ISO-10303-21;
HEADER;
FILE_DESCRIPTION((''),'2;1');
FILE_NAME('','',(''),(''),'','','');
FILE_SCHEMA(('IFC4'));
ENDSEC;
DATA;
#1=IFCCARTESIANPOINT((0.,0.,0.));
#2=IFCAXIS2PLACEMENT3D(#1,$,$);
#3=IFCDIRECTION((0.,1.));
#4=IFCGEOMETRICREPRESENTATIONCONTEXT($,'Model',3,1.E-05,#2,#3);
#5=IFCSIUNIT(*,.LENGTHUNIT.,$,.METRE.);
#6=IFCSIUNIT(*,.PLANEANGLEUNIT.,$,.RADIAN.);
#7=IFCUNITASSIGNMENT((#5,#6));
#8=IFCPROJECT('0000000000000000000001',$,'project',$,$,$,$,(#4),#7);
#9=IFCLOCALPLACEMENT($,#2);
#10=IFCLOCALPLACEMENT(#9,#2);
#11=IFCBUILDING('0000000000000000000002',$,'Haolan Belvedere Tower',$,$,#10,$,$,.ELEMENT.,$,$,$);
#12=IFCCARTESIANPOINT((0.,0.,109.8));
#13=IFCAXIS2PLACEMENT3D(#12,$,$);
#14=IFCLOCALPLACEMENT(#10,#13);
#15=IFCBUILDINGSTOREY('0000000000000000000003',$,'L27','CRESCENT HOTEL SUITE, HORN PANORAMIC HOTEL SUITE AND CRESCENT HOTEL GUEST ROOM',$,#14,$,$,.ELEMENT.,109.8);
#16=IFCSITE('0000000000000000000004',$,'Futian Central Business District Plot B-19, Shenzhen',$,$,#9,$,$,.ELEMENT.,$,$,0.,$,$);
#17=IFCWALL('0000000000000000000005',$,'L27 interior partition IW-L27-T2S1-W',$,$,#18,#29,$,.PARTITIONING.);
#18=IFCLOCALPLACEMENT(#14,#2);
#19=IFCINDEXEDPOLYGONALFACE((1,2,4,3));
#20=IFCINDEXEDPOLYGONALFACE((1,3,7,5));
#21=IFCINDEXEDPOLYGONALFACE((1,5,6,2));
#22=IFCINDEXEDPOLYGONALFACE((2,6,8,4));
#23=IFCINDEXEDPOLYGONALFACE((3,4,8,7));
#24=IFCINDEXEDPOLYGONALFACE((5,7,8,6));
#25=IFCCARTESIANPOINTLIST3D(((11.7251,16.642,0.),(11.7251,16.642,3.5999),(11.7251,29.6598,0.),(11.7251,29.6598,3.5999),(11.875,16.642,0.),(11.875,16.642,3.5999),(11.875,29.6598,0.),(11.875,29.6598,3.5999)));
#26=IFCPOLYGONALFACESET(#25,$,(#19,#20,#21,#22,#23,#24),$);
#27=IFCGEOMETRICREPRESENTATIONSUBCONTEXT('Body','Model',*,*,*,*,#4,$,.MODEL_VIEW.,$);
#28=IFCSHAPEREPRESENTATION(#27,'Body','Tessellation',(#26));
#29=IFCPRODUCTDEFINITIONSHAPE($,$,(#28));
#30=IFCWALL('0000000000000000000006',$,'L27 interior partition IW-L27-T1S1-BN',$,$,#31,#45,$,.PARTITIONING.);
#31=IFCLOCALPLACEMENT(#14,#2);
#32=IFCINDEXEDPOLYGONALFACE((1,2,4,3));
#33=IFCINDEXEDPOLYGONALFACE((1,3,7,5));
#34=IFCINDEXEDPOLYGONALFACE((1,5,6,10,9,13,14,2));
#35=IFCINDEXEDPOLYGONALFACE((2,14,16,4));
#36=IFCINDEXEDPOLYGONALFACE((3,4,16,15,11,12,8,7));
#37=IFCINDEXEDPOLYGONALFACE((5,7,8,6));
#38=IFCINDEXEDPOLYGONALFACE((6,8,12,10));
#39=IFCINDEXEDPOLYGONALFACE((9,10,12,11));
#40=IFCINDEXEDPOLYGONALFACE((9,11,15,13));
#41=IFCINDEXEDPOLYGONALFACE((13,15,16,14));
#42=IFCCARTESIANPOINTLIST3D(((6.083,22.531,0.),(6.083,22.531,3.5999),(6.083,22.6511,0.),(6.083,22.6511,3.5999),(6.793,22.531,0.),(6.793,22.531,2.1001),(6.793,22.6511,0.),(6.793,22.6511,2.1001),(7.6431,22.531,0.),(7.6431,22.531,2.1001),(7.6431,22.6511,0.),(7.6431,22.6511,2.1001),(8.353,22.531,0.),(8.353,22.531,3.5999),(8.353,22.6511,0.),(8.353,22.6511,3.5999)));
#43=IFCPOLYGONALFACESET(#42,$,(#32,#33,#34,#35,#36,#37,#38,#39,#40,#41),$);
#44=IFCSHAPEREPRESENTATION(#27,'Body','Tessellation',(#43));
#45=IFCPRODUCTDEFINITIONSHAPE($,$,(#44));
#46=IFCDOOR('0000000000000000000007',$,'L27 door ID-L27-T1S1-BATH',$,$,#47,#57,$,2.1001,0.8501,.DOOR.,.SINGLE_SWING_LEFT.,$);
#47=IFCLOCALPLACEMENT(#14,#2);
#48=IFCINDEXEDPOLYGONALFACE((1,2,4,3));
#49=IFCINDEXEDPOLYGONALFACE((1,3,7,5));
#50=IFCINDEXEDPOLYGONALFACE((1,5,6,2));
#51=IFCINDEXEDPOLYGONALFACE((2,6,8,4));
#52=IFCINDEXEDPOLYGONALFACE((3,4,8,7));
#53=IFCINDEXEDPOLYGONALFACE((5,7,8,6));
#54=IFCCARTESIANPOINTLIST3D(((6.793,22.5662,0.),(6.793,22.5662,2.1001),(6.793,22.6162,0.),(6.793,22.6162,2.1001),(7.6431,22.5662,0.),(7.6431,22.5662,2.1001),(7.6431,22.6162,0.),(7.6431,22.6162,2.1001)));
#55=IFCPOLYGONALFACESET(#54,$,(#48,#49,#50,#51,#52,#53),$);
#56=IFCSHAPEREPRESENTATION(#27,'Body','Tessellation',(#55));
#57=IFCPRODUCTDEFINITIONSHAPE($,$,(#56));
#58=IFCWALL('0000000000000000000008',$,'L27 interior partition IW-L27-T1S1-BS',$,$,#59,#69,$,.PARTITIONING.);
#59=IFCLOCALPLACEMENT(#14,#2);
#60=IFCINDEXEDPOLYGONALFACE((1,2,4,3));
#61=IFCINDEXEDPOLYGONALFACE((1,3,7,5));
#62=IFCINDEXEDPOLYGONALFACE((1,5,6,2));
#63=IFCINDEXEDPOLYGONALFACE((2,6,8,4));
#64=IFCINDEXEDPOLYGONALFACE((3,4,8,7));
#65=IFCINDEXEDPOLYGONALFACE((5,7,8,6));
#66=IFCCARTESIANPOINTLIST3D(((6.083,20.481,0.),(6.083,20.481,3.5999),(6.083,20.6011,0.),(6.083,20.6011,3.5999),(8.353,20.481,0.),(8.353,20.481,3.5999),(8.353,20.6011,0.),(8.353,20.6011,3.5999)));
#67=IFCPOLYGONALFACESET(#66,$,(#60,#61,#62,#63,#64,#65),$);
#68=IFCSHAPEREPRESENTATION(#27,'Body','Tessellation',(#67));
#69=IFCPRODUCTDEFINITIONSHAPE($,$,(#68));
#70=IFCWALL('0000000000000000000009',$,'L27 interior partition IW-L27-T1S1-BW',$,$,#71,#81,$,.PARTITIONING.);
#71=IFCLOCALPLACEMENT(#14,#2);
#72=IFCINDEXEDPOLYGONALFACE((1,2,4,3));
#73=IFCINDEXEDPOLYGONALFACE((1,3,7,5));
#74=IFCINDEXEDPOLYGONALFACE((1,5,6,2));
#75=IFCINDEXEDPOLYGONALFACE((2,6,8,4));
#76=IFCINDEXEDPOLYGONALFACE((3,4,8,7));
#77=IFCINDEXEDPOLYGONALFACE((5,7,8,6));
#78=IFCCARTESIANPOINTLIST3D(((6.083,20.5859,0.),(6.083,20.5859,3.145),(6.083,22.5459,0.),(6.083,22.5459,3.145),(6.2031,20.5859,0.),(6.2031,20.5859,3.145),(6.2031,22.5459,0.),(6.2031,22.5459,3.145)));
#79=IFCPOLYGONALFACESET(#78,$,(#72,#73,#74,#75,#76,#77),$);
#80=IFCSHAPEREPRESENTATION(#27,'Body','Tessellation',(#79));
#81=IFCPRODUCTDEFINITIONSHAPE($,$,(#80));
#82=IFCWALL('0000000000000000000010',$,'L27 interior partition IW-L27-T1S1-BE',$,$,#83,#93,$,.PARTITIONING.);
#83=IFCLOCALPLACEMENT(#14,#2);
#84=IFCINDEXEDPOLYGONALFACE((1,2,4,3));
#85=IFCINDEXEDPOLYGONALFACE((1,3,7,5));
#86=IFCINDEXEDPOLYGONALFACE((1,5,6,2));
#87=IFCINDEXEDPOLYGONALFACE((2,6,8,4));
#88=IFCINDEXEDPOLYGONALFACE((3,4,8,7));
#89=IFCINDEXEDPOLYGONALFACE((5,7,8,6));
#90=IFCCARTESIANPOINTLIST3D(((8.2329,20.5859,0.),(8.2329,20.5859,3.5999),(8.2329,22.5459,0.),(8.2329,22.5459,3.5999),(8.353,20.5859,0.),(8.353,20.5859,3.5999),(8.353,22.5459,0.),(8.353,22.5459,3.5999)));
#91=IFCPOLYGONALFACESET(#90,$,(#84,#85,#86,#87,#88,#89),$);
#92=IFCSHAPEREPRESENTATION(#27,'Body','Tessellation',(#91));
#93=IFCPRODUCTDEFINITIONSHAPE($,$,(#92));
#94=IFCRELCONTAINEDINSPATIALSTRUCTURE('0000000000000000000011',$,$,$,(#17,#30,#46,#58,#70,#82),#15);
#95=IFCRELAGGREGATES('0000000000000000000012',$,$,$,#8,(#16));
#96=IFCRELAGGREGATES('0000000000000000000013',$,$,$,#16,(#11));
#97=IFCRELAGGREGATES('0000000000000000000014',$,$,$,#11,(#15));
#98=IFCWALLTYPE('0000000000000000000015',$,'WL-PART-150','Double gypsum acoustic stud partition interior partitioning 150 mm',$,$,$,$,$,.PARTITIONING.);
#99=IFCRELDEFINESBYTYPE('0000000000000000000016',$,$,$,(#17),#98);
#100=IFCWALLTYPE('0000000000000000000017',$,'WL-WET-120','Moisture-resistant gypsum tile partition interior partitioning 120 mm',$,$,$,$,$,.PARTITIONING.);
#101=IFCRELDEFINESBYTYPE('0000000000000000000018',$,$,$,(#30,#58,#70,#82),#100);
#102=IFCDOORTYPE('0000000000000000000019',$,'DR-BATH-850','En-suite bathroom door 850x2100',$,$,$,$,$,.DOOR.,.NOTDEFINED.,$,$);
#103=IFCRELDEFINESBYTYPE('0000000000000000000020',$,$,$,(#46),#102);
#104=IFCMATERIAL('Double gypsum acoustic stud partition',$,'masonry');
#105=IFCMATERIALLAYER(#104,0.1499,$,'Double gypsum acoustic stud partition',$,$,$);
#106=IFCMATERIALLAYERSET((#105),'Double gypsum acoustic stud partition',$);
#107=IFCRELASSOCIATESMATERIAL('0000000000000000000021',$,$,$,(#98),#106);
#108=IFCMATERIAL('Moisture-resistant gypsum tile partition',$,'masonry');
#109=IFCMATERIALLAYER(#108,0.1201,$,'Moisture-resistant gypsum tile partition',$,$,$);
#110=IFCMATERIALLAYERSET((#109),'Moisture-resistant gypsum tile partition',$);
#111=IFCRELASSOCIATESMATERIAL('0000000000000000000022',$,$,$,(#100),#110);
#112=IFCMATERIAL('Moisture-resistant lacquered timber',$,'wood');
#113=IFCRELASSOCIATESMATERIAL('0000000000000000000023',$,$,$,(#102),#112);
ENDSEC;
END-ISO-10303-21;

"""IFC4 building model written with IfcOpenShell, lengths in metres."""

from ifc_helpers import new_model, si_unit, direction, frame, frame_2d, origin, place, context, subcontext, project, spatial, rectangle, extrude, material, layer, layer_set, type_object, element, fill, save


model = new_model("IFC4")

# Units and contexts
model_context = context("Model", 3, precision=1e-05, world=origin(), true_north=direction((0.0, 1.0)))
body_context = subcontext(model_context, "Body", "Model", "MODEL_VIEW")
ifc_project = project(units=[si_unit("LENGTHUNIT", "METRE"), si_unit("PLANEANGLEUNIT", "RADIAN")], contexts=[model_context])

# Site, building, storey
site_placement = place(None, origin())
site = spatial("IfcSite", under=ifc_project, at=site_placement, Name="Futian Central Business District Plot B-19, Shenzhen", CompositionType="ELEMENT", RefElevation=0.0)
building_placement = place(site_placement, origin())
building = spatial("IfcBuilding", under=site, at=building_placement, Name="Haolan Belvedere Tower", CompositionType="ELEMENT")
storey_placement = place(building_placement, frame((0.0, 0.0, 109.8)))
storey = spatial("IfcBuildingStorey", under=building, at=storey_placement, Name="L27", Description="CRESCENT HOTEL SUITE, HORN PANORAMIC HOTEL SUITE AND CRESCENT HOTEL GUEST ROOM", CompositionType="ELEMENT", Elevation=109.8)

# Wall
ifc_material_1 = material(Name="Double gypsum acoustic stud partition", Category="masonry")
ifc_layer_1 = layer(ifc_material_1, 0.1499, Name="Double gypsum acoustic stud partition")
ifc_layer_set_1 = layer_set([ifc_layer_1], Name="Double gypsum acoustic stud partition")
wall_type_1 = type_object("IfcWallType", Name="WL-PART-150", Description="Double gypsum acoustic stud partition interior partitioning 150 mm", PredefinedType="PARTITIONING", material=ifc_layer_set_1)
wall_1_placement = place(storey_placement, frame((11.8, 16.6421, 0.0), z_axis=(0.0, 0.0, 1.0), x_axis=(0.0, 1.0, 0.0)))
element("IfcWall", 1, at=wall_1_placement, inside=storey, type_object=wall_type_1, Name="L27 interior partition IW-L27-T2S1-W", PredefinedType="PARTITIONING", context=body_context, shape_type="SweptSolid", body=[
    extrude(rectangle(XDim=13.0178, YDim=0.1499, at=frame_2d((6.5088, 0.0))), origin(), (0.0, 0.0, 1.0), 3.5999),
])

# Wall, opening, door
ifc_material_2 = material(Name="Moisture-resistant gypsum tile partition", Category="masonry")
ifc_layer_2 = layer(ifc_material_2, 0.1201, Name="Moisture-resistant gypsum tile partition")
ifc_layer_set_2 = layer_set([ifc_layer_2], Name="Moisture-resistant gypsum tile partition")
wall_type_2 = type_object("IfcWallType", Name="WL-WET-120", Description="Moisture-resistant gypsum tile partition interior partitioning 120 mm", PredefinedType="PARTITIONING", material=ifc_layer_set_2)
wall_2_placement = place(storey_placement, frame((6.083, 22.5911, 0.0), z_axis=(0.0, 0.0, 1.0), x_axis=(1.0, 0.0, 0.0)))
wall_2 = element("IfcWall", 2, at=wall_2_placement, inside=storey, type_object=wall_type_2, Name="L27 interior partition IW-L27-T1S1-BN", PredefinedType="PARTITIONING", context=body_context, shape_type="SweptSolid", body=[
    extrude(rectangle(XDim=2.27, YDim=0.1201, at=frame_2d((1.135, 0.0))), origin(), (0.0, 0.0, 1.0), 3.5999),
])
opening_placement = place(wall_2_placement, frame((1.5601, 0.0, 0.0), z_axis=(0.0, 0.0, 1.0), x_axis=(-1.0, 0.0, 0.0)))
opening = element("IfcOpeningElement", 3, at=opening_placement, cuts=wall_2, PredefinedType="OPENING", context=body_context, shape_type="SweptSolid", body=[
    extrude(rectangle(XDim=0.8501, YDim=2.1001, at=frame_2d((0.425, 1.05))), frame((0.0, 0.0701, 0.0), z_axis=(0.0, -1.0, 0.0), x_axis=(1.0, 0.0, 0.0)), (0.0, 0.0, 1.0), 0.1401),
])
ifc_material_3 = material(Name="Moisture-resistant lacquered timber", Category="wood")
door_type = type_object("IfcDoorType", Name="DR-BATH-850", Description="En-suite bathroom door 850x2100", OperationType="NOTDEFINED", PredefinedType="DOOR", material=ifc_material_3)
door_placement = place(opening_placement, origin())
door = element("IfcDoor", 4, at=door_placement, inside=storey, type_object=door_type, Name="L27 door ID-L27-T1S1-BATH", OperationType="SINGLE_SWING_LEFT", OverallHeight=2.1001, OverallWidth=0.8501, PredefinedType="DOOR", context=body_context, shape_type="SweptSolid", body=[
    extrude(rectangle(XDim=0.8501, YDim=2.1001, at=frame_2d((0.425, 1.05))), frame((0.0, 0.0249, 0.0), z_axis=(0.0, -1.0, 0.0), x_axis=(1.0, 0.0, 0.0)), (0.0, 0.0, 1.0), 0.05),
])
fill(opening, door)

# Walls
wall_3_placement = place(storey_placement, frame((6.083, 20.541, 0.0), z_axis=(0.0, 0.0, 1.0), x_axis=(1.0, 0.0, 0.0)))
element("IfcWall", 5, at=wall_3_placement, inside=storey, type_object=wall_type_2, Name="L27 interior partition IW-L27-T1S1-BS", PredefinedType="PARTITIONING", context=body_context, shape_type="SweptSolid", body=[
    extrude(rectangle(XDim=2.27, YDim=0.1201, at=frame_2d((1.135, 0.0))), origin(), (0.0, 0.0, 1.0), 3.5999),
])
wall_4_placement = place(storey_placement, frame((6.1431, 20.5859, 0.0), z_axis=(0.0, 0.0, 1.0), x_axis=(0.0, 1.0, 0.0)))
element("IfcWall", 6, at=wall_4_placement, inside=storey, type_object=wall_type_2, Name="L27 interior partition IW-L27-T1S1-BW", PredefinedType="PARTITIONING", context=body_context, shape_type="SweptSolid", body=[
    extrude(rectangle(XDim=1.96, YDim=0.1201, at=frame_2d((0.98, 0.0))), origin(), (0.0, 0.0, 1.0), 3.145),
])
wall_5_placement = place(storey_placement, frame((8.293, 20.5859, 0.0), z_axis=(0.0, 0.0, 1.0), x_axis=(0.0, 1.0, 0.0)))
element("IfcWall", 7, at=wall_5_placement, inside=storey, type_object=wall_type_2, Name="L27 interior partition IW-L27-T1S1-BE", PredefinedType="PARTITIONING", context=body_context, shape_type="SweptSolid", body=[
    extrude(rectangle(XDim=1.96, YDim=0.1201, at=frame_2d((0.98, 0.0))), origin(), (0.0, 0.0, 1.0), 3.5999),
])

save(model, "model.ifc")
